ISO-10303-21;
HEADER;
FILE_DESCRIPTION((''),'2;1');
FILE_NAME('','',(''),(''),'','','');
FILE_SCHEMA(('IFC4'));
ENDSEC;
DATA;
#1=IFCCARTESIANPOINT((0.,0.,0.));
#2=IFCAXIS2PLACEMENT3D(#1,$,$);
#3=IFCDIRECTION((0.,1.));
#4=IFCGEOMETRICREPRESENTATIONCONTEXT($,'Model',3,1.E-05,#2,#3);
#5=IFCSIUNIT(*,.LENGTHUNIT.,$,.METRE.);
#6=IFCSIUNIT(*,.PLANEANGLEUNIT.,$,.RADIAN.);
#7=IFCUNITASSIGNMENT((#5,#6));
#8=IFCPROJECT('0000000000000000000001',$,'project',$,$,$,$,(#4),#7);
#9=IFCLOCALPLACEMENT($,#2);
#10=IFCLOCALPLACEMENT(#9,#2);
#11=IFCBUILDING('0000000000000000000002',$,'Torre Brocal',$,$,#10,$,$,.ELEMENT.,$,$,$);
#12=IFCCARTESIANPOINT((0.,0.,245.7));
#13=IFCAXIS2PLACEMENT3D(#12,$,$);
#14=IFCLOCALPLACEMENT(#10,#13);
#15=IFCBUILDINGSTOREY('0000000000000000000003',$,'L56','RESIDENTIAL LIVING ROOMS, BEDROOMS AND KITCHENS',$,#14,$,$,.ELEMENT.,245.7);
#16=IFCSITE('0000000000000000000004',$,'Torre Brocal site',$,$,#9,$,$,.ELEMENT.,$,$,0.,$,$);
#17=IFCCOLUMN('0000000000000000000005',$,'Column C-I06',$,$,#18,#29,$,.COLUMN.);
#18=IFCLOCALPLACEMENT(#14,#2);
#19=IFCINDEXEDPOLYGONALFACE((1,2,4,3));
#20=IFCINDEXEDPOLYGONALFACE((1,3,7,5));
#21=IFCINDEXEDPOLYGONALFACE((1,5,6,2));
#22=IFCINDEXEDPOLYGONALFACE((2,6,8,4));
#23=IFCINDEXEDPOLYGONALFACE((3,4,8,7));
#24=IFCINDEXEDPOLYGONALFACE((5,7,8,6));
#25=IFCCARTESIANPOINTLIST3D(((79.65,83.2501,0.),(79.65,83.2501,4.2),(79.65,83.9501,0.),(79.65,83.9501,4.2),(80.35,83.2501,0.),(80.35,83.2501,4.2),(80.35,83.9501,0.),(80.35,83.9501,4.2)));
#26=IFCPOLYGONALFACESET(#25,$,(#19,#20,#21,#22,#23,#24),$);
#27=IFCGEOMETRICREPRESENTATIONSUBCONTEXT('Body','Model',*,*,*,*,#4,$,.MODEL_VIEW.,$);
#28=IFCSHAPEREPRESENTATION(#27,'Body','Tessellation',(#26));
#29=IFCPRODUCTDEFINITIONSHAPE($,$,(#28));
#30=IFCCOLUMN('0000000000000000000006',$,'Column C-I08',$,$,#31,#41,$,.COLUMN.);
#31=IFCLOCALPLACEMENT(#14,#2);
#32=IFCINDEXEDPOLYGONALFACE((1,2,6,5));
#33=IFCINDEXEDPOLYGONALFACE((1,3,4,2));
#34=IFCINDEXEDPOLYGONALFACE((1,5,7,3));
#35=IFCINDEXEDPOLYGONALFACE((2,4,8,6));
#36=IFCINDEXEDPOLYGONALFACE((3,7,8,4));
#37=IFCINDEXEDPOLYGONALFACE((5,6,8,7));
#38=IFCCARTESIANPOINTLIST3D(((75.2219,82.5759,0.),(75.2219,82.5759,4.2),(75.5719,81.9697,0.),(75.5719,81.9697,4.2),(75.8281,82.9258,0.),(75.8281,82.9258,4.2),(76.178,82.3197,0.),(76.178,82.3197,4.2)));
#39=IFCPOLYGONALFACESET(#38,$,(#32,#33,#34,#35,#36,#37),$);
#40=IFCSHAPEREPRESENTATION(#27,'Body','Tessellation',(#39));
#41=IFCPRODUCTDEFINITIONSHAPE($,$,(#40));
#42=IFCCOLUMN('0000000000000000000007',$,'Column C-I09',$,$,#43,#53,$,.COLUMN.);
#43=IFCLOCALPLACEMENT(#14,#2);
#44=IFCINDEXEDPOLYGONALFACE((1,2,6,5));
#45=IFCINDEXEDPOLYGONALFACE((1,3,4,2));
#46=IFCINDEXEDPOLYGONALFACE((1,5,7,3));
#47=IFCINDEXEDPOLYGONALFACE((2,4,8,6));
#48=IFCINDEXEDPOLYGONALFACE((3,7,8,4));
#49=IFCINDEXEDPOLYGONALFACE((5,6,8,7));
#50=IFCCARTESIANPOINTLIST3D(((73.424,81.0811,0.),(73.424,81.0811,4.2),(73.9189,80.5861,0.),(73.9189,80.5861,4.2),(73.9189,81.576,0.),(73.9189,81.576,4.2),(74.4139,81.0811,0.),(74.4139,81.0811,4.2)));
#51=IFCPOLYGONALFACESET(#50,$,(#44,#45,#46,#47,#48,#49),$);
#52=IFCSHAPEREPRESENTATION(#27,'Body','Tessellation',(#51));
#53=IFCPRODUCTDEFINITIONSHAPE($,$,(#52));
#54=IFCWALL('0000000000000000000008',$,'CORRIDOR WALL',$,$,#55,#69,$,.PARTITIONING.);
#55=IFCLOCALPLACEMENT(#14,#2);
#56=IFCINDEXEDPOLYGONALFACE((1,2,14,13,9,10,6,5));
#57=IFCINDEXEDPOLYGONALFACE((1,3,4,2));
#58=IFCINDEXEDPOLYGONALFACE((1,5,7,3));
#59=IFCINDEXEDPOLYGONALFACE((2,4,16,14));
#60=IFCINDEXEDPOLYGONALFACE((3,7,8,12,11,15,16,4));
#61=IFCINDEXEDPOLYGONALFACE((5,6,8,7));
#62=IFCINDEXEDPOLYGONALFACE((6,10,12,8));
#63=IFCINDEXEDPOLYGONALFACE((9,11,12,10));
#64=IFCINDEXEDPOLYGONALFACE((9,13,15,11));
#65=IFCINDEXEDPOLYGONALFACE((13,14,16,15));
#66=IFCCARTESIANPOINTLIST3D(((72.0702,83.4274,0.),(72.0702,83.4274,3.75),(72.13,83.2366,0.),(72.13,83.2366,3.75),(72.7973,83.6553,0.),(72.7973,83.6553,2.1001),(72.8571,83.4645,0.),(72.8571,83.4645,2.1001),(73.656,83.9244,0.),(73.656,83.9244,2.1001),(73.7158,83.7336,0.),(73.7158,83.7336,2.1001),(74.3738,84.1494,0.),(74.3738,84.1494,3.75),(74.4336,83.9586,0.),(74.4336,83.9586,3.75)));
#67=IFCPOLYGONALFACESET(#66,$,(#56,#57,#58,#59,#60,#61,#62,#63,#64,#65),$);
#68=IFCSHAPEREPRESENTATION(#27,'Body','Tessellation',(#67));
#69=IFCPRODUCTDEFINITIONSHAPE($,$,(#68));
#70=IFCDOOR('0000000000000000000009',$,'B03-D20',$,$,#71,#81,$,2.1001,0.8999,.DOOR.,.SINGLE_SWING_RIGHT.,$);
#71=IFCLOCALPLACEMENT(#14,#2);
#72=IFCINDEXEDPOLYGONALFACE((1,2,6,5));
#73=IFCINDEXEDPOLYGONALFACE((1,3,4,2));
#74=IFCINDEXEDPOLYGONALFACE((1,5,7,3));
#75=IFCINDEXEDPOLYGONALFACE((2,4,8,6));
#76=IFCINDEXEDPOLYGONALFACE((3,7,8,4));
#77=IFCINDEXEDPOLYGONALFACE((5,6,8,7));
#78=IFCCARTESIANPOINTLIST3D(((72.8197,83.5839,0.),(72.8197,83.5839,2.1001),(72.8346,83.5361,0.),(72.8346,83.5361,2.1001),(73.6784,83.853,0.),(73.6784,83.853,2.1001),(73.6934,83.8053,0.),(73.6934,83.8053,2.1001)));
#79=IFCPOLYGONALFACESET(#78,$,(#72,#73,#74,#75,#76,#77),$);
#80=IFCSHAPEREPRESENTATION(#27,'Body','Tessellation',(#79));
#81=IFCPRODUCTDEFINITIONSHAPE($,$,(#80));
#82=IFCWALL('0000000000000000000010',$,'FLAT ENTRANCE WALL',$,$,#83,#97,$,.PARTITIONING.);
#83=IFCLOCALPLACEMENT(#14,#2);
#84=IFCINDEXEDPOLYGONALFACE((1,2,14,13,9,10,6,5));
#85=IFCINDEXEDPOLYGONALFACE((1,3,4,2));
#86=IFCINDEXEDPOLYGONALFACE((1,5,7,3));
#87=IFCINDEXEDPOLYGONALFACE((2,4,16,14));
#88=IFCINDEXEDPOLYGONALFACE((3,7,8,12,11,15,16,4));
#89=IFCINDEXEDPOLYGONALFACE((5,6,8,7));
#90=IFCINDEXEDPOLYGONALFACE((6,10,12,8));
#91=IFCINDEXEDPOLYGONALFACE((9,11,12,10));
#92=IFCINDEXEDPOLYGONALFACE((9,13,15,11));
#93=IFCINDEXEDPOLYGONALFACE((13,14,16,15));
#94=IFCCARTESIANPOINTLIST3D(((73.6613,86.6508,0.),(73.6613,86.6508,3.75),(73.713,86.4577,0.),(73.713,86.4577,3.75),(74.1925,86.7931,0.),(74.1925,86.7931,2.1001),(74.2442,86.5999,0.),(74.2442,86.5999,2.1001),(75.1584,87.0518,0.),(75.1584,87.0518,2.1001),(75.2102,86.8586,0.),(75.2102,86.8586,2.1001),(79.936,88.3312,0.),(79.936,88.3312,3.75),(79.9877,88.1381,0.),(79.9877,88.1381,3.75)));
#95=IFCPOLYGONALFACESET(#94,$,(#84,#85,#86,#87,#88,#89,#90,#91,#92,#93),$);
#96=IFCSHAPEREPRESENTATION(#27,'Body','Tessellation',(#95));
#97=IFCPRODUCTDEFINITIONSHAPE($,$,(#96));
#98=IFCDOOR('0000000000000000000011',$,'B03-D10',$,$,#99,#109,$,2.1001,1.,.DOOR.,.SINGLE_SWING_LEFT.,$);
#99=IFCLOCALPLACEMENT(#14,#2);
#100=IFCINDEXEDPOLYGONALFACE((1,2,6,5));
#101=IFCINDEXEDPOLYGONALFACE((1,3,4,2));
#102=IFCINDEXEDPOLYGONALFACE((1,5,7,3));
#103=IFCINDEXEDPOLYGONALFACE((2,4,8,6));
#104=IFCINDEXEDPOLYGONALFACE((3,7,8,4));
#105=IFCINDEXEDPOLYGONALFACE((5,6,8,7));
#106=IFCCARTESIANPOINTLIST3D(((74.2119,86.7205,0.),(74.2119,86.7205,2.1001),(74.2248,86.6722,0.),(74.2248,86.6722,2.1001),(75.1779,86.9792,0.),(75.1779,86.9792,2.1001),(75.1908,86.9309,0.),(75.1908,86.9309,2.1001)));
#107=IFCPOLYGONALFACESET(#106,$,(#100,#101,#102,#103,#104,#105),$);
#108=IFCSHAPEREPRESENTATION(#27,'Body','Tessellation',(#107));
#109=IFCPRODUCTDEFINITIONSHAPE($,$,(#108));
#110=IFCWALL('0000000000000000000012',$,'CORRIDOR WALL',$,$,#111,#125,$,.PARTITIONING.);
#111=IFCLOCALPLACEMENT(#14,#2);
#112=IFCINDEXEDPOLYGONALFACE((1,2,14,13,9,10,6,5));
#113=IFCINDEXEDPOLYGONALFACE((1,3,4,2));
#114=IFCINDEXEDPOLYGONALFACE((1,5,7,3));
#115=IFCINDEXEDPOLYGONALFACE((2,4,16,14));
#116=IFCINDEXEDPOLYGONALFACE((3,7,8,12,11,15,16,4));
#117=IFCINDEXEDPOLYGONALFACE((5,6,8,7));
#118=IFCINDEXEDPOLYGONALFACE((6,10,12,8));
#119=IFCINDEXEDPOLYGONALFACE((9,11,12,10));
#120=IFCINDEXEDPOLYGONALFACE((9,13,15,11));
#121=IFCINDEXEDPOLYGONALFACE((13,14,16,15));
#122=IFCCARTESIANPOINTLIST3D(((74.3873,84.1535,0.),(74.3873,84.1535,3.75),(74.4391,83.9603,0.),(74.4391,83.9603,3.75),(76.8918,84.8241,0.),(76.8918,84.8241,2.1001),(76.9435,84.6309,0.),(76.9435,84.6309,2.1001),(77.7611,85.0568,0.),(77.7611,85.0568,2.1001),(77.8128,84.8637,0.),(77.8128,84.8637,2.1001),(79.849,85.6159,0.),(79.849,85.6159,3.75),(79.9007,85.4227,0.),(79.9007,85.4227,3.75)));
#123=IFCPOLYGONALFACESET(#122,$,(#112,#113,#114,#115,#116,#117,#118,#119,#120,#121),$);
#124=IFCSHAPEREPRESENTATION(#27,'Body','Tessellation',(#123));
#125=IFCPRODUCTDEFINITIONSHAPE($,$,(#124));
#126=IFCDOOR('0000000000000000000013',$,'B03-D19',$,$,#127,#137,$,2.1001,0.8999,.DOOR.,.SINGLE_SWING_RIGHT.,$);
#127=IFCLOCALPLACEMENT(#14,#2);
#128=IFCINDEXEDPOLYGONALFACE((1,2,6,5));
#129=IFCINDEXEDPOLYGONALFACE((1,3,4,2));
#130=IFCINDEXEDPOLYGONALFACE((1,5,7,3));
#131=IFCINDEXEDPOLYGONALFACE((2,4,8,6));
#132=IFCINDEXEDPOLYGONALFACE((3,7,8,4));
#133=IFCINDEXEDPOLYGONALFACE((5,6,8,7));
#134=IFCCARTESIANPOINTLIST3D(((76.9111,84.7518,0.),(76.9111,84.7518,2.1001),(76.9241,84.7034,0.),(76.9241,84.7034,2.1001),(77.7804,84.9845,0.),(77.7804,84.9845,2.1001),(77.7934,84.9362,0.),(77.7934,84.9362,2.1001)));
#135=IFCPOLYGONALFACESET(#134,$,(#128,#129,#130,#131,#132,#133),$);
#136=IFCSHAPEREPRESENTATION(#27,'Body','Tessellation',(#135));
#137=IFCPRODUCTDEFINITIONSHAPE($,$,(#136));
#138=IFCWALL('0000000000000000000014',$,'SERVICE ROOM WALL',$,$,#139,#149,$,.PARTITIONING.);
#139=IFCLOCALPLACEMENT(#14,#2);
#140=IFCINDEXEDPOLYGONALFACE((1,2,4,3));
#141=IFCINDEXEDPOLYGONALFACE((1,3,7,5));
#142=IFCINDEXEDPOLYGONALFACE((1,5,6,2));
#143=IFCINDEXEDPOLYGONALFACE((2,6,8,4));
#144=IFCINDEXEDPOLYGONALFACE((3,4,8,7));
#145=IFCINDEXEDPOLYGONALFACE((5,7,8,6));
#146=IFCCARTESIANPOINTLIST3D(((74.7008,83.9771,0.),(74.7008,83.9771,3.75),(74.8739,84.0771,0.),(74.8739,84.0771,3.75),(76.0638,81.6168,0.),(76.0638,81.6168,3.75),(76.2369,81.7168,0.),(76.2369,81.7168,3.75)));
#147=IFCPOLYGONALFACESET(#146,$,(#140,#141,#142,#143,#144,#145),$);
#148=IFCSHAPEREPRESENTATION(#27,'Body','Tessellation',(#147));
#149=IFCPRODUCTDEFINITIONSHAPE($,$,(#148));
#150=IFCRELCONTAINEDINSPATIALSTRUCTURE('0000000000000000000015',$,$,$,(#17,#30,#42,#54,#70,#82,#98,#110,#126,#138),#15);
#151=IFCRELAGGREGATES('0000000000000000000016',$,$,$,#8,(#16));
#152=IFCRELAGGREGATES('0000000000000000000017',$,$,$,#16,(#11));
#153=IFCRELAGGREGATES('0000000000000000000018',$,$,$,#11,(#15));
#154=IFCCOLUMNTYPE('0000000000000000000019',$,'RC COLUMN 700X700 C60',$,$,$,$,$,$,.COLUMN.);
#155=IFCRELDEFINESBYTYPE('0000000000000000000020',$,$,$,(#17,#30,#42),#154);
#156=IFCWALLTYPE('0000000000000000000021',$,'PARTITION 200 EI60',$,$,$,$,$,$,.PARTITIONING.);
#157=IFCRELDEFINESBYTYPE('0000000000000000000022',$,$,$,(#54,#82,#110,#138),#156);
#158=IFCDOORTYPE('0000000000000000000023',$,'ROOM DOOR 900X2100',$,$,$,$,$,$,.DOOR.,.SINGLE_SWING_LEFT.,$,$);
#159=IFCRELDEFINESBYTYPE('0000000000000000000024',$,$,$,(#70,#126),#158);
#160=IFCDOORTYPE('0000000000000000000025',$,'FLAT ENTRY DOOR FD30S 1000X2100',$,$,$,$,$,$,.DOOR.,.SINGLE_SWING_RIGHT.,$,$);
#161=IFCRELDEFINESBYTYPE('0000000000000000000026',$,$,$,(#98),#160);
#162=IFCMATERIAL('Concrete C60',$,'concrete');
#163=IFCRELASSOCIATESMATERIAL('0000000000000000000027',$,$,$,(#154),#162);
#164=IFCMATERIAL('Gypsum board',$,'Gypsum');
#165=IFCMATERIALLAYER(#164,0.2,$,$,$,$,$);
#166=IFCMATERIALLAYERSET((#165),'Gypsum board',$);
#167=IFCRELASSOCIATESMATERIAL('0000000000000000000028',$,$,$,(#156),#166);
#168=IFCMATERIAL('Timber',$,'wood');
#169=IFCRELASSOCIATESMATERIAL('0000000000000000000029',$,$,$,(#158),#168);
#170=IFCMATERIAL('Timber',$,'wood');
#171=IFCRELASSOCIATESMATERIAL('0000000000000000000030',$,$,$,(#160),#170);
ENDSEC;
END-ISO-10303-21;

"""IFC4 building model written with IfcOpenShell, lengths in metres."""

from ifc_helpers import new_model, si_unit, direction, frame, frame_2d, origin, origin_2d, place, context, subcontext, project, spatial, rectangle, extrude, material, layer, layer_set, material_profile, profile_set, type_object, element, fill, save


model = new_model("IFC4")

# Units and contexts
model_context = context("Model", 3, precision=1e-05, world=origin(), true_north=direction((0.0, 1.0)))
body_context = subcontext(model_context, "Body", "Model", "MODEL_VIEW")
ifc_project = project(units=[si_unit("LENGTHUNIT", "METRE"), si_unit("PLANEANGLEUNIT", "RADIAN")], contexts=[model_context])

# Site, building, storey
site_placement = place(None, origin())
site = spatial("IfcSite", under=ifc_project, at=site_placement, Name="Torre Brocal site", CompositionType="ELEMENT", RefElevation=0.0)
building_placement = place(site_placement, origin())
building = spatial("IfcBuilding", under=site, at=building_placement, Name="Torre Brocal", CompositionType="ELEMENT")
storey_placement = place(building_placement, frame((0.0, 0.0, 245.7)))
storey = spatial("IfcBuildingStorey", under=building, at=storey_placement, Name="L56", Description="RESIDENTIAL LIVING ROOMS, BEDROOMS AND KITCHENS", CompositionType="ELEMENT", Elevation=245.7)

# Columns
ifc_material_1 = material(Name="Concrete C60", Category="concrete")
ifc_material_profile = material_profile(ifc_material_1, rectangle(XDim=0.7, YDim=0.7, at=origin_2d()), Name="RC 700X700")
ifc_profile_set = profile_set([ifc_material_profile], Name="Concrete C60")
column_type = type_object("IfcColumnType", Name="RC COLUMN 700X700 C60", PredefinedType="COLUMN", material=ifc_profile_set)
for number, where, z_axis, x_axis, name in (
    (1, (80.0, 83.6001, 0.0), (0.0, 0.0, 1.0), (0.0, 1.0, 0.0), "Column C-I06"),
    (2, (75.7, 82.4478, 0.0), (0.0, 0.0, 1.0), (-0.5, 0.866025, 0.0), "Column C-I08"),
    (3, (73.9189, 81.0811, 0.0), (0.0, 0.0, 1.0), (-0.707107, 0.707107, 0.0), "Column C-I09"),
):
    element("IfcColumn", number, at=place(storey_placement, frame(where, z_axis=z_axis, x_axis=x_axis)), inside=storey, type_object=column_type, Name=name, PredefinedType="COLUMN", context=body_context, shape_type="SweptSolid", body=[
        extrude(rectangle(XDim=0.7, YDim=0.7, at=origin_2d()), origin(), (0.0, 0.0, 1.0), 4.2),
    ])

# Walls, openings, doors
ifc_material_2 = material(Name="Gypsum board", Category="Gypsum")
ifc_layer_1 = layer(ifc_material_2, 0.2)
ifc_layer_set_1 = layer_set([ifc_layer_1], Name="Gypsum board")
wall_type_1 = type_object("IfcWallType", Name="PARTITION 200 EI60", PredefinedType="PARTITIONING", material=ifc_layer_set_1)
wall_1_placement = place(storey_placement, frame((72.1001, 83.332, 0.0), z_axis=(0.0, 0.0, 1.0), x_axis=(0.954233, 0.299064, 0.0)))
wall_1 = element("IfcWall", 4, at=wall_1_placement, inside=storey, type_object=wall_type_1, Name="CORRIDOR WALL", PredefinedType="PARTITIONING", context=body_context, shape_type="SweptSolid", body=[
    extrude(rectangle(XDim=2.4141, YDim=0.2, at=frame_2d((1.207, 0.0))), origin(), (0.0, 0.0, 1.0), 3.75),
])
opening_1_placement = place(wall_1_placement, frame((0.762, 0.0, 0.0)))
opening_1 = element("IfcOpeningElement", 5, at=opening_1_placement, cuts=wall_1, PredefinedType="OPENING", context=body_context, shape_type="SweptSolid", body=[
    extrude(rectangle(XDim=0.8999, YDim=2.1001, at=frame_2d((0.45, 1.05))), frame((0.0, 0.1099, 0.0), z_axis=(0.0, -1.0, 0.0), x_axis=(1.0, 0.0, 0.0)), (0.0, 0.0, 1.0), 0.22),
])
ifc_material_3 = material(Name="Timber", Category="wood")
door_type_1 = type_object("IfcDoorType", Name="ROOM DOOR 900X2100", OperationType="SINGLE_SWING_LEFT", PredefinedType="DOOR", material=ifc_material_3)
door_1_placement = place(opening_1_placement, frame((0.8999, 0.0, 0.0), z_axis=(0.0, 0.0, 1.0), x_axis=(-1.0, 0.0, 0.0)))
door_1 = element("IfcDoor", 6, at=door_1_placement, inside=storey, type_object=door_type_1, Name="B03-D20", OperationType="SINGLE_SWING_RIGHT", OverallHeight=2.1001, OverallWidth=0.8999, PredefinedType="DOOR", context=body_context, shape_type="SweptSolid", body=[
    extrude(rectangle(XDim=0.8999, YDim=2.1001, at=frame_2d((0.45, 1.05))), frame((0.0, 0.0249, 0.0), z_axis=(0.0, -1.0, 0.0), x_axis=(1.0, 0.0, 0.0)), (0.0, 0.0, 1.0), 0.05),
])
fill(opening_1, door_1)
wall_2_placement = place(storey_placement, frame((73.687, 86.5542, 0.0), z_axis=(0.0, 0.0, 1.0), x_axis=(0.965959, 0.258694, 0.0)))
wall_2 = element("IfcWall", 7, at=wall_2_placement, inside=storey, type_object=wall_type_1, Name="FLAT ENTRANCE WALL", PredefinedType="PARTITIONING", context=body_context, shape_type="SweptSolid", body=[
    extrude(rectangle(XDim=6.4958, YDim=0.2, at=frame_2d((3.248, 0.0))), origin(), (0.0, 0.0, 1.0), 3.75),
])
opening_2_placement = place(wall_2_placement, frame((0.55, 0.0, 0.0)))
opening_2 = element("IfcOpeningElement", 8, at=opening_2_placement, cuts=wall_2, PredefinedType="OPENING", context=body_context, shape_type="SweptSolid", body=[
    extrude(rectangle(XDim=1.0, YDim=2.1001, at=frame_2d((0.5, 1.05))), frame((0.0, 0.1099, 0.0), z_axis=(0.0, -1.0, 0.0), x_axis=(1.0, 0.0, 0.0)), (0.0, 0.0, 1.0), 0.22),
])
ifc_material_4 = material(Name="Timber", Category="wood")
door_type_2 = type_object("IfcDoorType", Name="FLAT ENTRY DOOR FD30S 1000X2100", OperationType="SINGLE_SWING_RIGHT", PredefinedType="DOOR", material=ifc_material_4)
door_2_placement = place(opening_2_placement, origin())
door_2 = element("IfcDoor", 9, at=door_2_placement, inside=storey, type_object=door_type_2, Name="B03-D10", OperationType="SINGLE_SWING_LEFT", OverallHeight=2.1001, OverallWidth=1.0, PredefinedType="DOOR", context=body_context, shape_type="SweptSolid", body=[
    extrude(rectangle(XDim=1.0, YDim=2.1001, at=frame_2d((0.5, 1.05))), frame((0.0, 0.0249, 0.0), z_axis=(0.0, -1.0, 0.0), x_axis=(1.0, 0.0, 0.0)), (0.0, 0.0, 1.0), 0.05),
])
fill(opening_2, door_2)
wall_3_placement = place(storey_placement, frame((74.4131, 84.0569, 0.0), z_axis=(0.0, 0.0, 1.0), x_axis=(0.965972, 0.258646, 0.0)))
wall_3 = element("IfcWall", 10, at=wall_3_placement, inside=storey, type_object=wall_type_1, Name="CORRIDOR WALL", PredefinedType="PARTITIONING", context=body_context, shape_type="SweptSolid", body=[
    extrude(rectangle(XDim=5.6541, YDim=0.2, at=frame_2d((2.8271, 0.0))), origin(), (0.0, 0.0, 1.0), 3.75),
])
opening_3_placement = place(wall_3_placement, frame((2.5928, 0.0, 0.0)))
opening_3 = element("IfcOpeningElement", 11, at=opening_3_placement, cuts=wall_3, PredefinedType="OPENING", context=body_context, shape_type="SweptSolid", body=[
    extrude(rectangle(XDim=0.8999, YDim=2.1001, at=frame_2d((0.45, 1.05))), frame((0.0, 0.1099, 0.0), z_axis=(0.0, -1.0, 0.0), x_axis=(1.0, 0.0, 0.0)), (0.0, 0.0, 1.0), 0.22),
])
door_3_placement = place(opening_3_placement, frame((0.8999, 0.0, 0.0), z_axis=(0.0, 0.0, 1.0), x_axis=(-1.0, 0.0, 0.0)))
door_3 = element("IfcDoor", 12, at=door_3_placement, inside=storey, type_object=door_type_1, Name="B03-D19", OperationType="SINGLE_SWING_RIGHT", OverallHeight=2.1001, OverallWidth=0.8999, PredefinedType="DOOR", context=body_context, shape_type="SweptSolid", body=[
    extrude(rectangle(XDim=0.8999, YDim=2.1001, at=frame_2d((0.45, 1.05))), frame((0.0, 0.0249, 0.0), z_axis=(0.0, -1.0, 0.0), x_axis=(1.0, 0.0, 0.0)), (0.0, 0.0, 1.0), 0.05),
])
fill(opening_3, door_3)

# Wall
wall_4_placement = place(storey_placement, frame((74.7874, 84.0271, 0.0), z_axis=(0.0, 0.0, 1.0), x_axis=(0.500079, -0.86598, 0.0)))
element("IfcWall", 13, at=wall_4_placement, inside=storey, type_object=wall_type_1, Name="SERVICE ROOM WALL", PredefinedType="PARTITIONING", context=body_context, shape_type="SweptSolid", body=[
    extrude(rectangle(XDim=2.7256, YDim=0.2, at=frame_2d((1.3628, 0.0))), origin(), (0.0, 0.0, 1.0), 3.75),
])

save(model, "model.ifc")
